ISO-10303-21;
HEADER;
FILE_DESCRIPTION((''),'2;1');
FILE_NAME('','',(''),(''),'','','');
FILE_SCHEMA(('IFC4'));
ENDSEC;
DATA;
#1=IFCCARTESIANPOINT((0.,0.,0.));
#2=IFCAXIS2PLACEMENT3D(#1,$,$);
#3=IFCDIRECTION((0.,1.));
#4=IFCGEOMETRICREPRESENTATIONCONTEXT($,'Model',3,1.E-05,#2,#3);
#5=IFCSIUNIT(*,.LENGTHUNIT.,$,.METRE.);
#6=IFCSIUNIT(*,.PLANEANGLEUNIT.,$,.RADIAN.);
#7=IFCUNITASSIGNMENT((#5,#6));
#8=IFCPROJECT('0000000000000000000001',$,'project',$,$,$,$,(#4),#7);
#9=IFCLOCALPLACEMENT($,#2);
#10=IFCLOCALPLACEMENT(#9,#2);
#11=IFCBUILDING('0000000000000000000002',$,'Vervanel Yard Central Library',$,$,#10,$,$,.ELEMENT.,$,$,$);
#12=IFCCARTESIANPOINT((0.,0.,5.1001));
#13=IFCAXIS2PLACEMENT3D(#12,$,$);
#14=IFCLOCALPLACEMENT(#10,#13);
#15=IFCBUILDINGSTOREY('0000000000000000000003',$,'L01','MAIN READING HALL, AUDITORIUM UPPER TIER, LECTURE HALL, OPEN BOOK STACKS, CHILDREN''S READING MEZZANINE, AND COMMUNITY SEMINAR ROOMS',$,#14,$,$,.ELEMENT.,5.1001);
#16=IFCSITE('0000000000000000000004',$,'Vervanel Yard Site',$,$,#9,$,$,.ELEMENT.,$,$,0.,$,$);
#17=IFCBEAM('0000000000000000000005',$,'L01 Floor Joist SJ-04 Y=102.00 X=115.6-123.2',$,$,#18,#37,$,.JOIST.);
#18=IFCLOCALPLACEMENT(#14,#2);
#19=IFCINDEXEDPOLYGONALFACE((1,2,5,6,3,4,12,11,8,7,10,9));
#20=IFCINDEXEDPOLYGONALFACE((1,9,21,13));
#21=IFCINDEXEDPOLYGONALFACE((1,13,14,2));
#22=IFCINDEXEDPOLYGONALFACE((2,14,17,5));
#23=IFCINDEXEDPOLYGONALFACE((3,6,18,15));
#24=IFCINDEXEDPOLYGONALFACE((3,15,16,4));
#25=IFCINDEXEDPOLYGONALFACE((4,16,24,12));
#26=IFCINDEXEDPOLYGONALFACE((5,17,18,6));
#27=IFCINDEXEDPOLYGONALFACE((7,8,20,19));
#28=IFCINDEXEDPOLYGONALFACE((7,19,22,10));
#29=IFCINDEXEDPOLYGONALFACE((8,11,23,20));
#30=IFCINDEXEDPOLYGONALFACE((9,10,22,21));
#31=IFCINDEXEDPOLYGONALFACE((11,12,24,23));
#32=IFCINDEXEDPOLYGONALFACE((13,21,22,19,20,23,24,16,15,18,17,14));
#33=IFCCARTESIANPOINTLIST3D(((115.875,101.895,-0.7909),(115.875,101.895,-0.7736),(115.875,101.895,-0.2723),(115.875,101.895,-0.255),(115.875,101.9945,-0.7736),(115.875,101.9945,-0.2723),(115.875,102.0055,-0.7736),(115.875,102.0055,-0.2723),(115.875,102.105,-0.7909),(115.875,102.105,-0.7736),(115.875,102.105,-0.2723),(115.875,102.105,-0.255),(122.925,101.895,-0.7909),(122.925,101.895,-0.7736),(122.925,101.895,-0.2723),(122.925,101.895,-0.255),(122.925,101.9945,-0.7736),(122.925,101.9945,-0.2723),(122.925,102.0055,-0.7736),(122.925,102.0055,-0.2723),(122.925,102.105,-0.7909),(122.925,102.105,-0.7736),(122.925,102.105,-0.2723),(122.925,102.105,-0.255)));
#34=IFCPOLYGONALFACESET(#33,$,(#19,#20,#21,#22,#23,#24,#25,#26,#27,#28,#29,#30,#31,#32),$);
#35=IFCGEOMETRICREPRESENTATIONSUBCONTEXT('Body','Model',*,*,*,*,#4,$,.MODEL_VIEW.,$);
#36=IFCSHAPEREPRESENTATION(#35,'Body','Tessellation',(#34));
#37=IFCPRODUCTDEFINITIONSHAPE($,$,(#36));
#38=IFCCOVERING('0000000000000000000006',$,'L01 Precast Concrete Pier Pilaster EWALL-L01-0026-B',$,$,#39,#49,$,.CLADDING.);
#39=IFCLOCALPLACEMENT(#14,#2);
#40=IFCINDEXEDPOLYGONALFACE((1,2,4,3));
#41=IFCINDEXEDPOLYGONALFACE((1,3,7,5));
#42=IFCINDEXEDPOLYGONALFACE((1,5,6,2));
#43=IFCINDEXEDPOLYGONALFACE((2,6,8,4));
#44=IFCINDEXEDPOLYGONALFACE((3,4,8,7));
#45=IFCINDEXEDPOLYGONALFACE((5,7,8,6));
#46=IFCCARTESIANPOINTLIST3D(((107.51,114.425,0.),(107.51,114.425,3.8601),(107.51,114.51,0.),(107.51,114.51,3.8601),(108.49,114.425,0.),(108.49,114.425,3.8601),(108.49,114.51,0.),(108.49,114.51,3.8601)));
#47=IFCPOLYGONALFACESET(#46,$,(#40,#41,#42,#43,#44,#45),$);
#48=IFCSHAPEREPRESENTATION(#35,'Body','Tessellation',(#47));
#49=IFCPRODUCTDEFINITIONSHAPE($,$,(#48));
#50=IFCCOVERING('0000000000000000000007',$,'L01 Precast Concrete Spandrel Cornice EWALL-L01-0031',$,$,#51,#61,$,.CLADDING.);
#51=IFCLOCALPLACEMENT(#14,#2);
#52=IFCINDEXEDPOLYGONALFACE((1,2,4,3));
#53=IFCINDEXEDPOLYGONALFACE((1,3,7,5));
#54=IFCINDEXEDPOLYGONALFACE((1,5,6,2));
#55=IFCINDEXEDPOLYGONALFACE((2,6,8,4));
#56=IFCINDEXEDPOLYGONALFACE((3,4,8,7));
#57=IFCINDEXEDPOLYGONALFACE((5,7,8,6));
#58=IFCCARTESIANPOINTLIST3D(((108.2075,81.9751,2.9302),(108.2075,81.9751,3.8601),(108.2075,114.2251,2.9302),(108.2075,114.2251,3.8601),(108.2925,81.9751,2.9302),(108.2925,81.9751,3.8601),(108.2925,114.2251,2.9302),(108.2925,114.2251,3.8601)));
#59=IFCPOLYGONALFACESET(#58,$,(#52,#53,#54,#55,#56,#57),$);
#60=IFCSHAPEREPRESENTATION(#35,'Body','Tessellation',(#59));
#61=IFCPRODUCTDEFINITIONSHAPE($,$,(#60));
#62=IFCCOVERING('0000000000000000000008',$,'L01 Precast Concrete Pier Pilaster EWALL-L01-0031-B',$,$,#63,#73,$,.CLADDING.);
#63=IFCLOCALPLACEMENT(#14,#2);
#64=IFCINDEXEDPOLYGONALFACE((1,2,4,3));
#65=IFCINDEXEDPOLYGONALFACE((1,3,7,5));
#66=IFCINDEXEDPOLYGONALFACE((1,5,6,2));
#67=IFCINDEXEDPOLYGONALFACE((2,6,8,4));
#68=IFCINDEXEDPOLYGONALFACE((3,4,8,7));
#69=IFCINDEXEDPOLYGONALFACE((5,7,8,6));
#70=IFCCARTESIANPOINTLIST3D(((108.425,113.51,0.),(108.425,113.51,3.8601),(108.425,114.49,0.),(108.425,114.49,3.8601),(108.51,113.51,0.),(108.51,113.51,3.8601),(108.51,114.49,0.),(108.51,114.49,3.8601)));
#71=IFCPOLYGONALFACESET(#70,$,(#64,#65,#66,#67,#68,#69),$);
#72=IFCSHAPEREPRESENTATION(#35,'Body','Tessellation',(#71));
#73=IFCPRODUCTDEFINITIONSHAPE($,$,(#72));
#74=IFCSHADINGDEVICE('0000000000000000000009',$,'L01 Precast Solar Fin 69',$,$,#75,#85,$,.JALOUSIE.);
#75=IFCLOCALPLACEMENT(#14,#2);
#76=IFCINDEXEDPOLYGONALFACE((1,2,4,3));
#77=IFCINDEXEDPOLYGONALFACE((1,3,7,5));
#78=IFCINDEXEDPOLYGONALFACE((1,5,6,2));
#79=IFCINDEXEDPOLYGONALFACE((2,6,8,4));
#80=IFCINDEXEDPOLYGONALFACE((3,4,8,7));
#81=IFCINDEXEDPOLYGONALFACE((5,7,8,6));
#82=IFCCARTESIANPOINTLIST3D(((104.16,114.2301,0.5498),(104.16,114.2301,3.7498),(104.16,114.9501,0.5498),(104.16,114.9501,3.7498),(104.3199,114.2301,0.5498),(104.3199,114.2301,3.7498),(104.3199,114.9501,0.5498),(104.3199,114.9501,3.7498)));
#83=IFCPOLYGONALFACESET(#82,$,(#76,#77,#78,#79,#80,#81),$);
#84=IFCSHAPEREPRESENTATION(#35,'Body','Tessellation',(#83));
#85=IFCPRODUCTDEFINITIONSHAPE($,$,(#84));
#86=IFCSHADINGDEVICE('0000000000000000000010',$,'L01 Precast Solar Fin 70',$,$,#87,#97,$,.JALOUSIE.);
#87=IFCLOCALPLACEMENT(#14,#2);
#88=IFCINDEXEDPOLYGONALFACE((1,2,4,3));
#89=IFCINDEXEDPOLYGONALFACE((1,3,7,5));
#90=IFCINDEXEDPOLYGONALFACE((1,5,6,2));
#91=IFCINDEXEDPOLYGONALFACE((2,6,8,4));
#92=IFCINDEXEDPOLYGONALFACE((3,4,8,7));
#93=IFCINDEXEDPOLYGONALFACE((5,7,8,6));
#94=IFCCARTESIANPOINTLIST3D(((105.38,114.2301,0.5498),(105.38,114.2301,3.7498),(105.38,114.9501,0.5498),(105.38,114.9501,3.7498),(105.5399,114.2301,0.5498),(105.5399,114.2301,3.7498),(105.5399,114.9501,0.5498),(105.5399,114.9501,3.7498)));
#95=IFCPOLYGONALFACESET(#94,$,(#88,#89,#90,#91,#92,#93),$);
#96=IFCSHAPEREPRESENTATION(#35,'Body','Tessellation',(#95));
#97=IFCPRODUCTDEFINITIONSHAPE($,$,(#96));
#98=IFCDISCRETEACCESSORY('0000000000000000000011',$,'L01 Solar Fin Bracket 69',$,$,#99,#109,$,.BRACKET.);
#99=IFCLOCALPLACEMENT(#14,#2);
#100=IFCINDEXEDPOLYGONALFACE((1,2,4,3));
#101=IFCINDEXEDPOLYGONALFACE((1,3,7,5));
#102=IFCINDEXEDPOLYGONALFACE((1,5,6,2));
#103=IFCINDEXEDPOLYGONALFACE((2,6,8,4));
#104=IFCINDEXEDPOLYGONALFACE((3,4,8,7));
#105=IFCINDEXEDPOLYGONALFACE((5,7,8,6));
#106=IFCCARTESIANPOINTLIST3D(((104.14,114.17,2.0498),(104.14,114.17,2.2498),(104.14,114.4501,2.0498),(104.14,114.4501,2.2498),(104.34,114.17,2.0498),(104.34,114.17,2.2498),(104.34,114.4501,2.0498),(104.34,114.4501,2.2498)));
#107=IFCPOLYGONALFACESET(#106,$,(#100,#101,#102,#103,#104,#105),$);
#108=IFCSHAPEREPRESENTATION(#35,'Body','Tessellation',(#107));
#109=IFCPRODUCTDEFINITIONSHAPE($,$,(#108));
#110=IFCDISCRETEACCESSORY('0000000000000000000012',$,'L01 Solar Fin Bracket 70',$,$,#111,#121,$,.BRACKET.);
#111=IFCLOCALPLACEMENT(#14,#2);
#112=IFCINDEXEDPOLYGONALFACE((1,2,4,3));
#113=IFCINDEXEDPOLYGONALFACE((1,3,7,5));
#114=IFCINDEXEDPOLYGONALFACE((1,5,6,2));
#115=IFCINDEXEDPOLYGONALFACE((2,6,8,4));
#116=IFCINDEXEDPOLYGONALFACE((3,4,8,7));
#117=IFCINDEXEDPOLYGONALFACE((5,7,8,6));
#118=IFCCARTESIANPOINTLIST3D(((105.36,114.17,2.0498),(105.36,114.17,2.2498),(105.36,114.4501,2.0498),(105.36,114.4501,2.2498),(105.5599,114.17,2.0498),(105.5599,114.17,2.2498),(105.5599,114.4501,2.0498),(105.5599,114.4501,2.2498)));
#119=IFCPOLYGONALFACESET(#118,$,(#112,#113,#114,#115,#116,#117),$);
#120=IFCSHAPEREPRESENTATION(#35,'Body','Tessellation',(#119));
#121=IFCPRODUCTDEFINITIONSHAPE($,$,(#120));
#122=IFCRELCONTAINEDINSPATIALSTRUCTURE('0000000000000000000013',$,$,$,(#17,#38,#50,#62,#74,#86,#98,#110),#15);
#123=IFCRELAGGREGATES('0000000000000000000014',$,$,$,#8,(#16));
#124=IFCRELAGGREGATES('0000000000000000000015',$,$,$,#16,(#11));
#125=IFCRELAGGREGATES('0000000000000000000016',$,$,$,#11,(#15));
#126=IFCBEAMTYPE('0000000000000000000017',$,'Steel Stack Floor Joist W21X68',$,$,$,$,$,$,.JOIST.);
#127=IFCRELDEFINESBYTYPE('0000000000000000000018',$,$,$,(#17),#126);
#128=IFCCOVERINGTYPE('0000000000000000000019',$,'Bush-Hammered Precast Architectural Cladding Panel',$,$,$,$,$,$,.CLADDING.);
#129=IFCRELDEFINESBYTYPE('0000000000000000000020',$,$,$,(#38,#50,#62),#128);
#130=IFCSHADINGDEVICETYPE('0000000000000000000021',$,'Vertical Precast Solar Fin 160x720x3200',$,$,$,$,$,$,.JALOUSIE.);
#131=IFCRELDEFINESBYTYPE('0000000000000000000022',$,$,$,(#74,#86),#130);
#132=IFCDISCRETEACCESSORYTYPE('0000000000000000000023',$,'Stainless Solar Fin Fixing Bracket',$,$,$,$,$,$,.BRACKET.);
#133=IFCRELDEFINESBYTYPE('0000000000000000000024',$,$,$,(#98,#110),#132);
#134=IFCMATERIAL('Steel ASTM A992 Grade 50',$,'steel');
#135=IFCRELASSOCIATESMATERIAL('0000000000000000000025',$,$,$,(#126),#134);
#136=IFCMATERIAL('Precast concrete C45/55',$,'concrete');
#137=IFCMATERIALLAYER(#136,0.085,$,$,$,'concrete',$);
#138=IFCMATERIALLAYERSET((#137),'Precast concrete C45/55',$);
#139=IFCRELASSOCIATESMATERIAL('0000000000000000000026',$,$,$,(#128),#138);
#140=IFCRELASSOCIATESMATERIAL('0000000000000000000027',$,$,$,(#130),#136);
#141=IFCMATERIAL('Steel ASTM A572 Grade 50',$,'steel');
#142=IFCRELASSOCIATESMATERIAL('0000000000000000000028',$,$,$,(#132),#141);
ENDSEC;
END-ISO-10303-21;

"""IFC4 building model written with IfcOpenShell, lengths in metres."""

from ifc_helpers import new_model, si_unit, direction, frame, origin, origin_2d, place, context, subcontext, project, spatial, rectangle, i_section, extrude, material, layer, layer_set, material_profile, profile_set, type_object, element, save


model = new_model("IFC4")

# Units and contexts
model_context = context("Model", 3, precision=1e-05, world=origin(), true_north=direction((0.0, 1.0)))
body_context = subcontext(model_context, "Body", "Model", "MODEL_VIEW")
ifc_project = project(units=[si_unit("LENGTHUNIT", "METRE"), si_unit("PLANEANGLEUNIT", "RADIAN")], contexts=[model_context])

# Site, building, storey
site_placement = place(None, origin())
site = spatial("IfcSite", under=ifc_project, at=site_placement, Name="Vervanel Yard Site", CompositionType="ELEMENT", RefElevation=0.0)
building_placement = place(site_placement, origin())
building = spatial("IfcBuilding", under=site, at=building_placement, Name="Vervanel Yard Central Library", CompositionType="ELEMENT")
storey_placement = place(building_placement, frame((0.0, 0.0, 5.1001)))
storey = spatial("IfcBuildingStorey", under=building, at=storey_placement, Name="L01", Description="MAIN READING HALL, AUDITORIUM UPPER TIER, LECTURE HALL, OPEN BOOK STACKS, CHILDREN'S READING MEZZANINE, AND COMMUNITY SEMINAR ROOMS", CompositionType="ELEMENT", Elevation=5.1001)

# Beam
ifc_material_1 = material(Name="Steel ASTM A992 Grade 50", Category="steel")
ifc_material_profile_1 = material_profile(ifc_material_1, i_section(OverallWidth=0.21, OverallDepth=0.5359, WebThickness=0.011, FlangeThickness=0.0173, at=origin_2d()), Name="W21X68", Category="steel")
ifc_profile_set_1 = profile_set([ifc_material_profile_1], Name="Steel ASTM A992 Grade 50")
beam_type_1 = type_object("IfcBeamType", Name="Steel Stack Floor Joist W21X68", PredefinedType="JOIST", material=ifc_profile_set_1)
beam_1_placement = place(storey_placement, frame((115.875, 102.0, -0.5229), z_axis=(1.0, 0.0, 0.0), x_axis=(0.0, 1.0, 0.0)))
element("IfcBeam", 1, at=beam_1_placement, inside=storey, type_object=beam_type_1, Name="L01 Floor Joist SJ-04 Y=102.00 X=115.6-123.2", PredefinedType="JOIST", context=body_context, shape_type="SweptSolid", body=[
    extrude(i_section(OverallWidth=0.21, OverallDepth=0.5359, WebThickness=0.011, FlangeThickness=0.0173, at=origin_2d()), origin(), (0.0, 0.0, 1.0), 7.05),
])

# Coverings
ifc_material_2 = material(Name="Precast concrete C45/55", Category="concrete")
ifc_layer = layer(ifc_material_2, 0.085, Category="concrete")
ifc_layer_set = layer_set([ifc_layer], Name="Precast concrete C45/55")
covering_type = type_object("IfcCoveringType", Name="Bush-Hammered Precast Architectural Cladding Panel", PredefinedType="CLADDING", material=ifc_layer_set)
covering_1_placement = place(storey_placement, frame((108.0, 114.4675, 0.0), z_axis=(0.0, 0.0, 1.0), x_axis=(1.0, 0.0, 0.0)))
element("IfcCovering", 2, at=covering_1_placement, inside=storey, type_object=covering_type, Name="L01 Precast Concrete Pier Pilaster EWALL-L01-0026-B", PredefinedType="CLADDING", context=body_context, shape_type="SweptSolid", body=[
    extrude(rectangle(XDim=0.98, YDim=0.085, at=origin_2d()), origin(), (0.0, 0.0, 1.0), 3.8601),
])
covering_2_placement = place(storey_placement, frame((108.25, 98.1001, 2.9302), z_axis=(0.0, 0.0, 1.0), x_axis=(0.0, 1.0, 0.0)))
element("IfcCovering", 3, at=covering_2_placement, inside=storey, type_object=covering_type, Name="L01 Precast Concrete Spandrel Cornice EWALL-L01-0031", PredefinedType="CLADDING", context=body_context, shape_type="SweptSolid", body=[
    extrude(rectangle(XDim=32.25, YDim=0.085, at=origin_2d()), origin(), (0.0, 0.0, 1.0), 0.9299),
])
covering_3_placement = place(storey_placement, frame((108.4675, 114.0, 0.0), z_axis=(0.0, 0.0, 1.0), x_axis=(0.0, 1.0, 0.0)))
element("IfcCovering", 4, at=covering_3_placement, inside=storey, type_object=covering_type, Name="L01 Precast Concrete Pier Pilaster EWALL-L01-0031-B", PredefinedType="CLADDING", context=body_context, shape_type="SweptSolid", body=[
    extrude(rectangle(XDim=0.98, YDim=0.085, at=origin_2d()), origin(), (0.0, 0.0, 1.0), 3.8601),
])

# Shading devices
shading_device_type = type_object("IfcShadingDeviceType", Name="Vertical Precast Solar Fin 160x720x3200", PredefinedType="JALOUSIE", material=ifc_material_2)
for number, where, z_axis, x_axis, name in (
    (5, (104.24, 114.5901, 0.5498), (0.0, 0.0, 1.0), (1.0, 0.0, 0.0), "L01 Precast Solar Fin 69"),
    (6, (105.46, 114.5901, 0.5498), (0.0, 0.0, 1.0), (1.0, 0.0, 0.0), "L01 Precast Solar Fin 70"),
):
    element("IfcShadingDevice", number, at=place(storey_placement, frame(where, z_axis=z_axis, x_axis=x_axis)), inside=storey, type_object=shading_device_type, Name=name, PredefinedType="JALOUSIE", context=body_context, shape_type="SweptSolid", body=[
        extrude(rectangle(XDim=0.1599, YDim=0.72, at=origin_2d()), origin(), (0.0, 0.0, 1.0), 3.2),
    ])

# Discrete accessories
ifc_material_3 = material(Name="Steel ASTM A572 Grade 50", Category="steel")
discrete_accessory_type = type_object("IfcDiscreteAccessoryType", Name="Stainless Solar Fin Fixing Bracket", PredefinedType="BRACKET", material=ifc_material_3)
for number, where, z_axis, x_axis, name in (
    (7, (104.24, 114.3101, 2.0498), (0.0, 0.0, 1.0), (1.0, 0.0, 0.0), "L01 Solar Fin Bracket 69"),
    (8, (105.46, 114.3101, 2.0498), (0.0, 0.0, 1.0), (1.0, 0.0, 0.0), "L01 Solar Fin Bracket 70"),
):
    element("IfcDiscreteAccessory", number, at=place(storey_placement, frame(where, z_axis=z_axis, x_axis=x_axis)), inside=storey, type_object=discrete_accessory_type, Name=name, PredefinedType="BRACKET", context=body_context, shape_type="SweptSolid", body=[
        extrude(rectangle(XDim=0.2, YDim=0.28, at=origin_2d()), origin(), (0.0, 0.0, 1.0), 0.2),
    ])

save(model, "model.ifc")
